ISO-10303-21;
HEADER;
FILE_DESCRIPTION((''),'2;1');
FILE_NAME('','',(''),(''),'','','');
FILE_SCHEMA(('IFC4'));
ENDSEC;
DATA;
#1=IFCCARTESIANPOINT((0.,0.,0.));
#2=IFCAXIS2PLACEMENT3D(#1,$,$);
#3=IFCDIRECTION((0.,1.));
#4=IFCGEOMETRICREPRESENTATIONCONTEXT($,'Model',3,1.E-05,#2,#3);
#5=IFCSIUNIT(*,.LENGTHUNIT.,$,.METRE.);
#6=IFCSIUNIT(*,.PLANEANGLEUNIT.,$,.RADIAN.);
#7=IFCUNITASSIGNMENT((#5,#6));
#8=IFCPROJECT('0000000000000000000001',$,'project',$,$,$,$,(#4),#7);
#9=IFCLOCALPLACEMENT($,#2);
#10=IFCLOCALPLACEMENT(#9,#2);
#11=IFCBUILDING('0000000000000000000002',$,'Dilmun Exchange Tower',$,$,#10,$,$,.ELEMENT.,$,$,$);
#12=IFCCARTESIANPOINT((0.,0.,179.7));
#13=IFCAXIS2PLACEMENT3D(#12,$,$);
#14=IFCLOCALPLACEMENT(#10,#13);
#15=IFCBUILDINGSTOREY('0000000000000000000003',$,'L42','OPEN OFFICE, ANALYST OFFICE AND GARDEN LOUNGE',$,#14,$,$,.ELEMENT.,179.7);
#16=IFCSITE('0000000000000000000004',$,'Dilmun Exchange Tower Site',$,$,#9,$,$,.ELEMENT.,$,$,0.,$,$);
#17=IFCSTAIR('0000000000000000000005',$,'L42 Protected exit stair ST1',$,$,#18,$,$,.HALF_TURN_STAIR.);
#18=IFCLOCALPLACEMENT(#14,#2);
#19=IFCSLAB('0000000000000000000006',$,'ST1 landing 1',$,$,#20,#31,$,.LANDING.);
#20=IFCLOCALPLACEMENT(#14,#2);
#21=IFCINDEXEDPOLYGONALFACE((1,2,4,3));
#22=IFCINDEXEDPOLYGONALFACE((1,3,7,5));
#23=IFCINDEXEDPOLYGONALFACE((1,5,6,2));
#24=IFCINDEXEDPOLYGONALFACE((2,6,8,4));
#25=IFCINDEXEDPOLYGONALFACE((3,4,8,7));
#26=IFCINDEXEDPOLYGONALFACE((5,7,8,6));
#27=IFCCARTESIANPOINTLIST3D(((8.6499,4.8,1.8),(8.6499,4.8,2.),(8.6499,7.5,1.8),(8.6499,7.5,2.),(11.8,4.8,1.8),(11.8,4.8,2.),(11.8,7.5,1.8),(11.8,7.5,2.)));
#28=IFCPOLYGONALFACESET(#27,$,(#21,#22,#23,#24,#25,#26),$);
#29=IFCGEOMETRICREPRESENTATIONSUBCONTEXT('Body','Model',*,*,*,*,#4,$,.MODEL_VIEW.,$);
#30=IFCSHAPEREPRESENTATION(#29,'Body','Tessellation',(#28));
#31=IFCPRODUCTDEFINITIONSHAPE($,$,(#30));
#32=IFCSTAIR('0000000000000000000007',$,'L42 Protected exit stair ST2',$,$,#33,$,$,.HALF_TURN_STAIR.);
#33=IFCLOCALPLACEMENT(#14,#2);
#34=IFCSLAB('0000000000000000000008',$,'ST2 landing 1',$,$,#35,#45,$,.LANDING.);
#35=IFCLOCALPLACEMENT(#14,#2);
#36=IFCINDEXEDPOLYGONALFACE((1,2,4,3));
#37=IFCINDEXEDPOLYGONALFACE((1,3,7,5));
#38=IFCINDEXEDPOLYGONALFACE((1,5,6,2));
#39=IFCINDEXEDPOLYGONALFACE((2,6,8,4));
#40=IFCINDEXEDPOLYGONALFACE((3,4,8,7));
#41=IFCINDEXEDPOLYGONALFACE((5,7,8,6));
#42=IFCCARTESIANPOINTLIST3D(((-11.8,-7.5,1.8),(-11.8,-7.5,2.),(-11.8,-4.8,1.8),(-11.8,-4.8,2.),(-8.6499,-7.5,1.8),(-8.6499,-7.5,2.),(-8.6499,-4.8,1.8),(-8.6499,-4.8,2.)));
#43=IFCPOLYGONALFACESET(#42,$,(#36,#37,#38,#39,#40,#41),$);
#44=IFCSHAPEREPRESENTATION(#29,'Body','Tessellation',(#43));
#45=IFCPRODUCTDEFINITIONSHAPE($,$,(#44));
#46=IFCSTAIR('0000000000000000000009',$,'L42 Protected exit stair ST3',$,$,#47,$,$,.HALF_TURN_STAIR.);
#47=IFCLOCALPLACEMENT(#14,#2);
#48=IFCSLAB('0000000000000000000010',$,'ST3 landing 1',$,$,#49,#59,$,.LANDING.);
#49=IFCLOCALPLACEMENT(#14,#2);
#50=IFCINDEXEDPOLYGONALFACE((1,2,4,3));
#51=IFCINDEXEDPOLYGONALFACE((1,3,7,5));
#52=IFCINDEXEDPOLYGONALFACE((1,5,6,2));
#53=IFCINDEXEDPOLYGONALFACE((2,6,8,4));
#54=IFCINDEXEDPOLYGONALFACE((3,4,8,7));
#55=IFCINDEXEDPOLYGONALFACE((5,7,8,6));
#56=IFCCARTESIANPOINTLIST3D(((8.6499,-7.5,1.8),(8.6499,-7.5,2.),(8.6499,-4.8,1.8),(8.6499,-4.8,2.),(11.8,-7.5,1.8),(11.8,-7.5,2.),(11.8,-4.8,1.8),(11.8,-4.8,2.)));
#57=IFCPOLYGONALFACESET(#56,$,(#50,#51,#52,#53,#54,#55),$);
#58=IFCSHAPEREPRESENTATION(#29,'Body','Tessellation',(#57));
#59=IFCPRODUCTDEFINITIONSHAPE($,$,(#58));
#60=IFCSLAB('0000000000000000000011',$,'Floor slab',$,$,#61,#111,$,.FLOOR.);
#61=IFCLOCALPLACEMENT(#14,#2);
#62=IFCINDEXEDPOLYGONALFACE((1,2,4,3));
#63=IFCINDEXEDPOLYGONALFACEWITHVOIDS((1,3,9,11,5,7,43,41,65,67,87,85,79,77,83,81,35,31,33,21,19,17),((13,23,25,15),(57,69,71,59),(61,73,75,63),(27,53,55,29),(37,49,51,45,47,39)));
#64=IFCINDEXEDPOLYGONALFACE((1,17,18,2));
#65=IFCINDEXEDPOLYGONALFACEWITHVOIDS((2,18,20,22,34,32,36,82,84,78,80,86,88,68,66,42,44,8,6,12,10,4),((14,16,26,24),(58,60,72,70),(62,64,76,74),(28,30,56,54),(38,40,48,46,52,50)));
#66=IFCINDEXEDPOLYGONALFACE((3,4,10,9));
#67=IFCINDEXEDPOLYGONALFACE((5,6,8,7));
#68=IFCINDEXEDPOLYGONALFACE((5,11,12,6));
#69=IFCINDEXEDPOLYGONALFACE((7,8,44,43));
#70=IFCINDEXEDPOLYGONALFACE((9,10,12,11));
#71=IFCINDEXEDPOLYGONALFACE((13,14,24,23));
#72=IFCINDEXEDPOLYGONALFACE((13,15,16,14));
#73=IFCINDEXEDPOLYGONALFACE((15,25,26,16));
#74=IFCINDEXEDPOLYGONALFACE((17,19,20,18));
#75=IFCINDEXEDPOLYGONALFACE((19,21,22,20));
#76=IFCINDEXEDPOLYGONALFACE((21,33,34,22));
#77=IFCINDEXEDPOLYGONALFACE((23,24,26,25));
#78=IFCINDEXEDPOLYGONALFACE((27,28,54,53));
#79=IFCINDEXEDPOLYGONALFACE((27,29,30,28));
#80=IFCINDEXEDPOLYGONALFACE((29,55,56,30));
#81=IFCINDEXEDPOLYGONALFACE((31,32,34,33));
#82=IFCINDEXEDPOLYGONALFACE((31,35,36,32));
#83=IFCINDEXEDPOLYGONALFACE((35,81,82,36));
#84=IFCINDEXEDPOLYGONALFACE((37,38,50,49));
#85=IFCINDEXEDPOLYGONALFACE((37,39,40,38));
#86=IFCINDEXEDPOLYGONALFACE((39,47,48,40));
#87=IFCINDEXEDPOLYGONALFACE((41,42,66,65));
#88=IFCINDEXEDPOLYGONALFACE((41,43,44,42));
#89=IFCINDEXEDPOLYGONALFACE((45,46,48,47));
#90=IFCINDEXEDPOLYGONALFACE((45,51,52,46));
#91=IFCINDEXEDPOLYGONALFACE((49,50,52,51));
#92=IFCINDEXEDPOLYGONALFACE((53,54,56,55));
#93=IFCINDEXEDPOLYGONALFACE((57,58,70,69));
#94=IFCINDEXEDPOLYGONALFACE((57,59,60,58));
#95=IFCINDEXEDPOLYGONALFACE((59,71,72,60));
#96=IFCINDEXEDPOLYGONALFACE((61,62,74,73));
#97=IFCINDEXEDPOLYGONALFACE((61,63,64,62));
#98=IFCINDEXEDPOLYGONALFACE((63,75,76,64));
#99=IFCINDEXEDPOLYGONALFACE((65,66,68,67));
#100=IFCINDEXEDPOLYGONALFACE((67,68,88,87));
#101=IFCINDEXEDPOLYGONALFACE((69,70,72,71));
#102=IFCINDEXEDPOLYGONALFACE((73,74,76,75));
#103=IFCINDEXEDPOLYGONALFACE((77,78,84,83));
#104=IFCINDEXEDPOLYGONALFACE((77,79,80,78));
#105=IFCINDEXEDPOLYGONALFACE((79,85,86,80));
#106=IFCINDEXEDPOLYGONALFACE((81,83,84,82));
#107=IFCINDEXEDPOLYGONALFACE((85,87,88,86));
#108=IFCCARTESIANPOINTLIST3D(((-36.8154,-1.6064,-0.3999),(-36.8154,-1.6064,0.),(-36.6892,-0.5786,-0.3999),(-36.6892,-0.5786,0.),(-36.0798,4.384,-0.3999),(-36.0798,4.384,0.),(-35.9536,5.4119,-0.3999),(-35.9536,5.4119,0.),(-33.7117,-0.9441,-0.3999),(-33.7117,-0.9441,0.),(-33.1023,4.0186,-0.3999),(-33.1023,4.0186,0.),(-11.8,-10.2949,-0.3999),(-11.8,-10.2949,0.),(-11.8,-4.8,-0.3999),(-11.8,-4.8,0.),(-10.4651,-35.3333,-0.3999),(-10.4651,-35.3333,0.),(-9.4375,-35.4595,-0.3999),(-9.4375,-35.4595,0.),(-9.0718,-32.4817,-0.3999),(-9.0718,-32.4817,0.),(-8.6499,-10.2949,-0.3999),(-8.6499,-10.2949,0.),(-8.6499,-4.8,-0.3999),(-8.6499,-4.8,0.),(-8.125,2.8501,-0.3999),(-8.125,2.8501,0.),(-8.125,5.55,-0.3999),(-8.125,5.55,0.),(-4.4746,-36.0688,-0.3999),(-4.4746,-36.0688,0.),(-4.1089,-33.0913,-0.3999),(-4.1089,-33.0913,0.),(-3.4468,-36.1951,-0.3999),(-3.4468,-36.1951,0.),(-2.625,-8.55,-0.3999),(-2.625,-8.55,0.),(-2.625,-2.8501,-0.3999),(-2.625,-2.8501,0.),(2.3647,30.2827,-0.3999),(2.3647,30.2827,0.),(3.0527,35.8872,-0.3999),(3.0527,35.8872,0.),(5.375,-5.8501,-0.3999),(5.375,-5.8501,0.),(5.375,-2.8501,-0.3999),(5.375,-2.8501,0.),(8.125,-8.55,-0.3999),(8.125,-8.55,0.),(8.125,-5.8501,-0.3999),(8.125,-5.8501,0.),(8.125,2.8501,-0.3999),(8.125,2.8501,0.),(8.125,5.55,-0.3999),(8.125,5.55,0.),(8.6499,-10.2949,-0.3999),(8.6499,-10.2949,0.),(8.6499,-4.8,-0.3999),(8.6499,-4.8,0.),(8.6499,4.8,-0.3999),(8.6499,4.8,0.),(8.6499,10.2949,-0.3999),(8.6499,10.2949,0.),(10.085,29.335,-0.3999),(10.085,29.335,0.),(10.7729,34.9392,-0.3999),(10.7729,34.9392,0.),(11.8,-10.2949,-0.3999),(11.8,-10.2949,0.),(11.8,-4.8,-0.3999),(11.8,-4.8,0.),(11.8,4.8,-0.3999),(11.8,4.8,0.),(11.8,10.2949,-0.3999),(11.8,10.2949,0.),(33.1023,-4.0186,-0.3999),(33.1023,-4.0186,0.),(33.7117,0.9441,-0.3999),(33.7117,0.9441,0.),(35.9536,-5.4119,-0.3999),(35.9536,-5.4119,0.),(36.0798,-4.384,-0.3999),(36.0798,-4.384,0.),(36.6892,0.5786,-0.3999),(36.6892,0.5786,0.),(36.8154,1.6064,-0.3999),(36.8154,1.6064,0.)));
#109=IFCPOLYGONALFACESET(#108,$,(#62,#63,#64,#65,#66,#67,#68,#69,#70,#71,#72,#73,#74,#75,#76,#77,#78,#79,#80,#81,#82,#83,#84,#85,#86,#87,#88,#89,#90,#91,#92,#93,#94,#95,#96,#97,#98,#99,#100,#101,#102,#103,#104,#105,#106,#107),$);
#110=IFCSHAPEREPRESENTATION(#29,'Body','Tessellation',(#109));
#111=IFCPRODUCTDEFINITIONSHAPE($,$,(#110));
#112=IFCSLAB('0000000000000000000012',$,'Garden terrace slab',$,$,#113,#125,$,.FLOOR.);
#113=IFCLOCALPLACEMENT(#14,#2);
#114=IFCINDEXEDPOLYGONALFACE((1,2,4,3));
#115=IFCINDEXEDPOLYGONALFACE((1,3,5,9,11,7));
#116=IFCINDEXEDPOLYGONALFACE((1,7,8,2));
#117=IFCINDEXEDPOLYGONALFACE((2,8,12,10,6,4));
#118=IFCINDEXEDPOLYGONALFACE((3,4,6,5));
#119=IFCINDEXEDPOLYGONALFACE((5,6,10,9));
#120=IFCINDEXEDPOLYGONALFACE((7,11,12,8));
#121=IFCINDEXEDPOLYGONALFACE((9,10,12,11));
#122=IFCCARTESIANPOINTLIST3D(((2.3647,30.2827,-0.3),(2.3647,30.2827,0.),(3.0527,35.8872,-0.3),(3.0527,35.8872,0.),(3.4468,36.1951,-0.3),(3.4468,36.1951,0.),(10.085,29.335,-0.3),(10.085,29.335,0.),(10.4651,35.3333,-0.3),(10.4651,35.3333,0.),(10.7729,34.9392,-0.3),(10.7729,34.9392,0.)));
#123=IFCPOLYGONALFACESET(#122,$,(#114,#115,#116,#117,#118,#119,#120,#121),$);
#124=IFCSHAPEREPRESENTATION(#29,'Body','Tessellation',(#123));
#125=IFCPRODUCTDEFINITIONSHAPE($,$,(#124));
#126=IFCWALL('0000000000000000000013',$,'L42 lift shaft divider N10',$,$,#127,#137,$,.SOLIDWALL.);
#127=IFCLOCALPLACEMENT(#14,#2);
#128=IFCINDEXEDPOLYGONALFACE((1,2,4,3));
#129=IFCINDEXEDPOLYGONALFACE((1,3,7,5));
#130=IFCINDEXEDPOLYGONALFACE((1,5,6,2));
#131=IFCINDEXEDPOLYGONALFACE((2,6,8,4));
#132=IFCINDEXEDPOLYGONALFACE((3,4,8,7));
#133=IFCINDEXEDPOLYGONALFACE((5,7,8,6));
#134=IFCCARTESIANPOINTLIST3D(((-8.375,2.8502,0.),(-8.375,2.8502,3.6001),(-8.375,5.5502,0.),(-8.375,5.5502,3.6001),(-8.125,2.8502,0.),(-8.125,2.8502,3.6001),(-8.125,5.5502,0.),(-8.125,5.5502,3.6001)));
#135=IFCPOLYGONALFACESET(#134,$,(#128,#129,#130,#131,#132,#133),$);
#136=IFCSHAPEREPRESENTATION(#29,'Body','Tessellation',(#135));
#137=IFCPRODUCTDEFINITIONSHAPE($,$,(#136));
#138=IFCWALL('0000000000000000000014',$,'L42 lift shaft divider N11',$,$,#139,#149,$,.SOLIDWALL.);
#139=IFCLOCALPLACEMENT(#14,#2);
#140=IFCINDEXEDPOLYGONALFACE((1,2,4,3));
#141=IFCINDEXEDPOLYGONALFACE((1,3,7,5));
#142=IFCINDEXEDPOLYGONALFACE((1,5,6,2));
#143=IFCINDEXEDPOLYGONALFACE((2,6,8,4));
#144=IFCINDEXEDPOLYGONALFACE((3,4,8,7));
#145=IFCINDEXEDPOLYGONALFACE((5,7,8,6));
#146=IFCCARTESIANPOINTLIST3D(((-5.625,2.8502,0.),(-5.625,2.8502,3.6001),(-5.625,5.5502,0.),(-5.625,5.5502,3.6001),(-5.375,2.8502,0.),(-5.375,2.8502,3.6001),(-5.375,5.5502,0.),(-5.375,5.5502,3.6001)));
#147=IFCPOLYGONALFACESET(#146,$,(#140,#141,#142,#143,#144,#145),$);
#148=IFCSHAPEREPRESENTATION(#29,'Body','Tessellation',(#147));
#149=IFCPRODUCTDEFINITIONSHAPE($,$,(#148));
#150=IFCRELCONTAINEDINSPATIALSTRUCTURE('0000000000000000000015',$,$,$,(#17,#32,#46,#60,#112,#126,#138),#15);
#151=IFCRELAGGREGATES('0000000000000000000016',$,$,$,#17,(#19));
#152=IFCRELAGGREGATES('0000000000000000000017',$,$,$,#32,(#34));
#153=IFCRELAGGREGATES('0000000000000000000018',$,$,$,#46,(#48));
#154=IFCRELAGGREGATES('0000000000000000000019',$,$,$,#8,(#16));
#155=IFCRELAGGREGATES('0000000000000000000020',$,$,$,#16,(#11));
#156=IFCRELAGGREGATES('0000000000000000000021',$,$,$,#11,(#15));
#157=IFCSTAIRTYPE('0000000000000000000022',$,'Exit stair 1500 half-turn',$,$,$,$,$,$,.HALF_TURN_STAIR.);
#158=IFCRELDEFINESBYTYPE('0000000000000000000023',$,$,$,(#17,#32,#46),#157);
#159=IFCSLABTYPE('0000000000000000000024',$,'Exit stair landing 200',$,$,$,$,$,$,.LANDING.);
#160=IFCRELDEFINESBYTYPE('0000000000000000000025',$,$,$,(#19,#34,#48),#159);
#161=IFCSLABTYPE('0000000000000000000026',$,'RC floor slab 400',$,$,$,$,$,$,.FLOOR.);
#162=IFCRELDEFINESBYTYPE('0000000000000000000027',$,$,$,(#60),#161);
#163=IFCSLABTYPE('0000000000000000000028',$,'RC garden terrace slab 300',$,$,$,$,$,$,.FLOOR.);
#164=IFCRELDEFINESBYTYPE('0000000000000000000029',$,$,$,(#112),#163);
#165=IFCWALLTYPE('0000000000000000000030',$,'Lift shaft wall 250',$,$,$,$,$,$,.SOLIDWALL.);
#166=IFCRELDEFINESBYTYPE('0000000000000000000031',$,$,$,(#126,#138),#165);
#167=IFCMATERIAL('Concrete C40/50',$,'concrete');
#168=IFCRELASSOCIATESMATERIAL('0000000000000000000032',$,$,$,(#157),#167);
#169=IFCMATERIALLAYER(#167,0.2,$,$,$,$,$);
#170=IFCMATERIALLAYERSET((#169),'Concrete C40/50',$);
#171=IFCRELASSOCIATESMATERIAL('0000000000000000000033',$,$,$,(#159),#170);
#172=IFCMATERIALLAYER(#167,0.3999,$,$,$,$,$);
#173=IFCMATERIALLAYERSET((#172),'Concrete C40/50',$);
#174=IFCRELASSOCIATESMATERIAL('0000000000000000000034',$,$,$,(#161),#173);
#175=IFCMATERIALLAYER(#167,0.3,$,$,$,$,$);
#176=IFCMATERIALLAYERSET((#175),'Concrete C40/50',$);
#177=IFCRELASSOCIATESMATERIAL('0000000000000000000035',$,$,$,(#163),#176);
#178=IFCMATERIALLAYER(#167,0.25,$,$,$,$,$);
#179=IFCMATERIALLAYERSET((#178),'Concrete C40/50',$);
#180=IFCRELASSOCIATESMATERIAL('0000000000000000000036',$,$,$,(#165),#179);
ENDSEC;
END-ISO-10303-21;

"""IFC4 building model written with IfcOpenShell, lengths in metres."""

from ifc_helpers import new_model, si_unit, direction, frame, frame_2d, origin, place, context, subcontext, project, spatial, polyline, rectangle, outline, extrude, material, layer, layer_set, type_object, element, aggregate, save


model = new_model("IFC4")

# Units and contexts
model_context = context("Model", 3, precision=1e-05, world=origin(), true_north=direction((0.0, 1.0)))
body_context = subcontext(model_context, "Body", "Model", "MODEL_VIEW")
ifc_project = project(units=[si_unit("LENGTHUNIT", "METRE"), si_unit("PLANEANGLEUNIT", "RADIAN")], contexts=[model_context])

# Site, building, storey
site_placement = place(None, origin())
site = spatial("IfcSite", under=ifc_project, at=site_placement, Name="Dilmun Exchange Tower Site", CompositionType="ELEMENT", RefElevation=0.0)
building_placement = place(site_placement, origin())
building = spatial("IfcBuilding", under=site, at=building_placement, Name="Dilmun Exchange Tower", CompositionType="ELEMENT")
storey_placement = place(building_placement, frame((0.0, 0.0, 179.7)))
storey = spatial("IfcBuildingStorey", under=building, at=storey_placement, Name="L42", Description="OPEN OFFICE, ANALYST OFFICE AND GARDEN LOUNGE", CompositionType="ELEMENT", Elevation=179.7)

# Stairs, slabs
ifc_material_1 = material(Name="Concrete C40/50", Category="concrete")
stair_type = type_object("IfcStairType", Name="Exit stair 1500 half-turn", PredefinedType="HALF_TURN_STAIR", material=ifc_material_1)
stair_1_placement = place(storey_placement, origin())
stair_1 = element("IfcStair", 1, at=stair_1_placement, inside=storey, type_object=stair_type, Name="L42 Protected exit stair ST1", PredefinedType="HALF_TURN_STAIR")
ifc_layer_1 = layer(ifc_material_1, 0.2)
ifc_layer_set_1 = layer_set([ifc_layer_1], Name="Concrete C40/50")
slab_type_1 = type_object("IfcSlabType", Name="Exit stair landing 200", PredefinedType="LANDING", material=ifc_layer_set_1)
slab_1_placement = place(storey_placement, frame((0.0, 0.0, 1.8)))
slab_1 = element("IfcSlab", 2, at=slab_1_placement, type_object=slab_type_1, Name="ST1 landing 1", PredefinedType="LANDING", context=body_context, shape_type="SweptSolid", body=[
    extrude(outline(polyline([(8.6499, 7.5), (8.6499, 4.8), (11.8, 4.8), (11.8, 7.5), (8.6499, 7.5)])), origin(), (0.0, 0.0, 1.0), 0.2),
])
aggregate(stair_1, [slab_1])
stair_2_placement = place(storey_placement, origin())
stair_2 = element("IfcStair", 3, at=stair_2_placement, inside=storey, type_object=stair_type, Name="L42 Protected exit stair ST2", PredefinedType="HALF_TURN_STAIR")
slab_2_placement = place(storey_placement, frame((0.0, 0.0, 1.8)))
slab_2 = element("IfcSlab", 4, at=slab_2_placement, type_object=slab_type_1, Name="ST2 landing 1", PredefinedType="LANDING", context=body_context, shape_type="SweptSolid", body=[
    extrude(outline(polyline([(-8.6499, -7.5), (-8.6499, -4.8), (-11.8, -4.8), (-11.8, -7.5), (-8.6499, -7.5)])), origin(), (0.0, 0.0, 1.0), 0.2),
])
aggregate(stair_2, [slab_2])
stair_3_placement = place(storey_placement, origin())
stair_3 = element("IfcStair", 5, at=stair_3_placement, inside=storey, type_object=stair_type, Name="L42 Protected exit stair ST3", PredefinedType="HALF_TURN_STAIR")
slab_3_placement = place(storey_placement, frame((0.0, 0.0, 1.8)))
slab_3 = element("IfcSlab", 6, at=slab_3_placement, type_object=slab_type_1, Name="ST3 landing 1", PredefinedType="LANDING", context=body_context, shape_type="SweptSolid", body=[
    extrude(outline(polyline([(11.8, -7.5), (11.8, -4.8), (8.6499, -4.8), (8.6499, -7.5), (11.8, -7.5)])), origin(), (0.0, 0.0, 1.0), 0.2),
])
aggregate(stair_3, [slab_3])

# Slabs
ifc_layer_2 = layer(ifc_material_1, 0.3999)
ifc_layer_set_2 = layer_set([ifc_layer_2], Name="Concrete C40/50")
slab_type_2 = type_object("IfcSlabType", Name="RC floor slab 400", PredefinedType="FLOOR", material=ifc_layer_set_2)
slab_4_placement = place(storey_placement, frame((0.0, 0.0, -0.3999)))
element("IfcSlab", 7, at=slab_4_placement, inside=storey, type_object=slab_type_2, Name="Floor slab", PredefinedType="FLOOR", context=body_context, shape_type="SweptSolid", body=[
    extrude(outline(polyline([(36.6892, 0.5786), (33.7117, 0.9441), (33.1023, -4.0186), (36.0798, -4.384), (35.9536, -5.4119), (-3.4468, -36.1951), (-4.4746, -36.0688), (-4.1089, -33.0913), (-9.0718, -32.4817), (-9.4375, -35.4595), (-10.4651, -35.3333), (-36.8154, -1.6064), (-36.6892, -0.5786), (-33.7117, -0.9441), (-33.1023, 4.0186), (-36.0798, 4.384), (-35.9536, 5.4119), (3.0527, 35.8872), (2.3647, 30.2827), (10.085, 29.335), (10.7729, 34.9392), (36.8154, 1.6064), (36.6892, 0.5786)]), holes=[polyline([(-8.6499, -4.8), (-11.8, -4.8), (-11.8, -10.2949), (-8.6499, -10.2949), (-8.6499, -4.8)]), polyline([(11.8, -4.8), (8.6499, -4.8), (8.6499, -10.2949), (11.8, -10.2949), (11.8, -4.8)]), polyline([(5.375, -2.8501), (-2.625, -2.8501), (-2.625, -8.55), (8.125, -8.55), (8.125, -5.8501), (5.375, -5.8501), (5.375, -2.8501)]), polyline([(8.125, 2.8501), (8.125, 5.55), (-8.125, 5.55), (-8.125, 2.8501), (8.125, 2.8501)]), polyline([(8.6499, 10.2949), (8.6499, 4.8), (11.8, 4.8), (11.8, 10.2949), (8.6499, 10.2949)])]), origin(), (0.0, 0.0, 1.0), 0.3999),
])
ifc_layer_3 = layer(ifc_material_1, 0.3)
ifc_layer_set_3 = layer_set([ifc_layer_3], Name="Concrete C40/50")
slab_type_3 = type_object("IfcSlabType", Name="RC garden terrace slab 300", PredefinedType="FLOOR", material=ifc_layer_set_3)
slab_5_placement = place(storey_placement, frame((0.0, 0.0, -0.3)))
element("IfcSlab", 8, at=slab_5_placement, inside=storey, type_object=slab_type_3, Name="Garden terrace slab", PredefinedType="FLOOR", context=body_context, shape_type="SweptSolid", body=[
    extrude(outline(polyline([(2.3647, 30.2827), (3.0527, 35.8872), (3.4468, 36.1951), (10.4651, 35.3333), (10.7729, 34.9392), (10.085, 29.335), (2.3647, 30.2827)])), origin(), (0.0, 0.0, 1.0), 0.3),
])

# Walls
ifc_layer_4 = layer(ifc_material_1, 0.25)
ifc_layer_set_4 = layer_set([ifc_layer_4], Name="Concrete C40/50")
wall_type = type_object("IfcWallType", Name="Lift shaft wall 250", PredefinedType="SOLIDWALL", material=ifc_layer_set_4)
for number, where, z_axis, x_axis, name in (
    (9, (-8.25, 2.8501, 0.0), (0.0, 0.0, 1.0), (0.0, 1.0, 0.0), "L42 lift shaft divider N10"),
    (10, (-5.5, 2.8501, 0.0), (0.0, 0.0, 1.0), (0.0, 1.0, 0.0), "L42 lift shaft divider N11"),
):
    element("IfcWall", number, at=place(storey_placement, frame(where, z_axis=z_axis, x_axis=x_axis)), inside=storey, type_object=wall_type, Name=name, PredefinedType="SOLIDWALL", context=body_context, shape_type="SweptSolid", body=[
        extrude(rectangle(XDim=2.7, YDim=0.25, at=frame_2d((1.3501, 0.0))), origin(), (0.0, 0.0, 1.0), 3.6001),
    ])

save(model, "model.ifc")
